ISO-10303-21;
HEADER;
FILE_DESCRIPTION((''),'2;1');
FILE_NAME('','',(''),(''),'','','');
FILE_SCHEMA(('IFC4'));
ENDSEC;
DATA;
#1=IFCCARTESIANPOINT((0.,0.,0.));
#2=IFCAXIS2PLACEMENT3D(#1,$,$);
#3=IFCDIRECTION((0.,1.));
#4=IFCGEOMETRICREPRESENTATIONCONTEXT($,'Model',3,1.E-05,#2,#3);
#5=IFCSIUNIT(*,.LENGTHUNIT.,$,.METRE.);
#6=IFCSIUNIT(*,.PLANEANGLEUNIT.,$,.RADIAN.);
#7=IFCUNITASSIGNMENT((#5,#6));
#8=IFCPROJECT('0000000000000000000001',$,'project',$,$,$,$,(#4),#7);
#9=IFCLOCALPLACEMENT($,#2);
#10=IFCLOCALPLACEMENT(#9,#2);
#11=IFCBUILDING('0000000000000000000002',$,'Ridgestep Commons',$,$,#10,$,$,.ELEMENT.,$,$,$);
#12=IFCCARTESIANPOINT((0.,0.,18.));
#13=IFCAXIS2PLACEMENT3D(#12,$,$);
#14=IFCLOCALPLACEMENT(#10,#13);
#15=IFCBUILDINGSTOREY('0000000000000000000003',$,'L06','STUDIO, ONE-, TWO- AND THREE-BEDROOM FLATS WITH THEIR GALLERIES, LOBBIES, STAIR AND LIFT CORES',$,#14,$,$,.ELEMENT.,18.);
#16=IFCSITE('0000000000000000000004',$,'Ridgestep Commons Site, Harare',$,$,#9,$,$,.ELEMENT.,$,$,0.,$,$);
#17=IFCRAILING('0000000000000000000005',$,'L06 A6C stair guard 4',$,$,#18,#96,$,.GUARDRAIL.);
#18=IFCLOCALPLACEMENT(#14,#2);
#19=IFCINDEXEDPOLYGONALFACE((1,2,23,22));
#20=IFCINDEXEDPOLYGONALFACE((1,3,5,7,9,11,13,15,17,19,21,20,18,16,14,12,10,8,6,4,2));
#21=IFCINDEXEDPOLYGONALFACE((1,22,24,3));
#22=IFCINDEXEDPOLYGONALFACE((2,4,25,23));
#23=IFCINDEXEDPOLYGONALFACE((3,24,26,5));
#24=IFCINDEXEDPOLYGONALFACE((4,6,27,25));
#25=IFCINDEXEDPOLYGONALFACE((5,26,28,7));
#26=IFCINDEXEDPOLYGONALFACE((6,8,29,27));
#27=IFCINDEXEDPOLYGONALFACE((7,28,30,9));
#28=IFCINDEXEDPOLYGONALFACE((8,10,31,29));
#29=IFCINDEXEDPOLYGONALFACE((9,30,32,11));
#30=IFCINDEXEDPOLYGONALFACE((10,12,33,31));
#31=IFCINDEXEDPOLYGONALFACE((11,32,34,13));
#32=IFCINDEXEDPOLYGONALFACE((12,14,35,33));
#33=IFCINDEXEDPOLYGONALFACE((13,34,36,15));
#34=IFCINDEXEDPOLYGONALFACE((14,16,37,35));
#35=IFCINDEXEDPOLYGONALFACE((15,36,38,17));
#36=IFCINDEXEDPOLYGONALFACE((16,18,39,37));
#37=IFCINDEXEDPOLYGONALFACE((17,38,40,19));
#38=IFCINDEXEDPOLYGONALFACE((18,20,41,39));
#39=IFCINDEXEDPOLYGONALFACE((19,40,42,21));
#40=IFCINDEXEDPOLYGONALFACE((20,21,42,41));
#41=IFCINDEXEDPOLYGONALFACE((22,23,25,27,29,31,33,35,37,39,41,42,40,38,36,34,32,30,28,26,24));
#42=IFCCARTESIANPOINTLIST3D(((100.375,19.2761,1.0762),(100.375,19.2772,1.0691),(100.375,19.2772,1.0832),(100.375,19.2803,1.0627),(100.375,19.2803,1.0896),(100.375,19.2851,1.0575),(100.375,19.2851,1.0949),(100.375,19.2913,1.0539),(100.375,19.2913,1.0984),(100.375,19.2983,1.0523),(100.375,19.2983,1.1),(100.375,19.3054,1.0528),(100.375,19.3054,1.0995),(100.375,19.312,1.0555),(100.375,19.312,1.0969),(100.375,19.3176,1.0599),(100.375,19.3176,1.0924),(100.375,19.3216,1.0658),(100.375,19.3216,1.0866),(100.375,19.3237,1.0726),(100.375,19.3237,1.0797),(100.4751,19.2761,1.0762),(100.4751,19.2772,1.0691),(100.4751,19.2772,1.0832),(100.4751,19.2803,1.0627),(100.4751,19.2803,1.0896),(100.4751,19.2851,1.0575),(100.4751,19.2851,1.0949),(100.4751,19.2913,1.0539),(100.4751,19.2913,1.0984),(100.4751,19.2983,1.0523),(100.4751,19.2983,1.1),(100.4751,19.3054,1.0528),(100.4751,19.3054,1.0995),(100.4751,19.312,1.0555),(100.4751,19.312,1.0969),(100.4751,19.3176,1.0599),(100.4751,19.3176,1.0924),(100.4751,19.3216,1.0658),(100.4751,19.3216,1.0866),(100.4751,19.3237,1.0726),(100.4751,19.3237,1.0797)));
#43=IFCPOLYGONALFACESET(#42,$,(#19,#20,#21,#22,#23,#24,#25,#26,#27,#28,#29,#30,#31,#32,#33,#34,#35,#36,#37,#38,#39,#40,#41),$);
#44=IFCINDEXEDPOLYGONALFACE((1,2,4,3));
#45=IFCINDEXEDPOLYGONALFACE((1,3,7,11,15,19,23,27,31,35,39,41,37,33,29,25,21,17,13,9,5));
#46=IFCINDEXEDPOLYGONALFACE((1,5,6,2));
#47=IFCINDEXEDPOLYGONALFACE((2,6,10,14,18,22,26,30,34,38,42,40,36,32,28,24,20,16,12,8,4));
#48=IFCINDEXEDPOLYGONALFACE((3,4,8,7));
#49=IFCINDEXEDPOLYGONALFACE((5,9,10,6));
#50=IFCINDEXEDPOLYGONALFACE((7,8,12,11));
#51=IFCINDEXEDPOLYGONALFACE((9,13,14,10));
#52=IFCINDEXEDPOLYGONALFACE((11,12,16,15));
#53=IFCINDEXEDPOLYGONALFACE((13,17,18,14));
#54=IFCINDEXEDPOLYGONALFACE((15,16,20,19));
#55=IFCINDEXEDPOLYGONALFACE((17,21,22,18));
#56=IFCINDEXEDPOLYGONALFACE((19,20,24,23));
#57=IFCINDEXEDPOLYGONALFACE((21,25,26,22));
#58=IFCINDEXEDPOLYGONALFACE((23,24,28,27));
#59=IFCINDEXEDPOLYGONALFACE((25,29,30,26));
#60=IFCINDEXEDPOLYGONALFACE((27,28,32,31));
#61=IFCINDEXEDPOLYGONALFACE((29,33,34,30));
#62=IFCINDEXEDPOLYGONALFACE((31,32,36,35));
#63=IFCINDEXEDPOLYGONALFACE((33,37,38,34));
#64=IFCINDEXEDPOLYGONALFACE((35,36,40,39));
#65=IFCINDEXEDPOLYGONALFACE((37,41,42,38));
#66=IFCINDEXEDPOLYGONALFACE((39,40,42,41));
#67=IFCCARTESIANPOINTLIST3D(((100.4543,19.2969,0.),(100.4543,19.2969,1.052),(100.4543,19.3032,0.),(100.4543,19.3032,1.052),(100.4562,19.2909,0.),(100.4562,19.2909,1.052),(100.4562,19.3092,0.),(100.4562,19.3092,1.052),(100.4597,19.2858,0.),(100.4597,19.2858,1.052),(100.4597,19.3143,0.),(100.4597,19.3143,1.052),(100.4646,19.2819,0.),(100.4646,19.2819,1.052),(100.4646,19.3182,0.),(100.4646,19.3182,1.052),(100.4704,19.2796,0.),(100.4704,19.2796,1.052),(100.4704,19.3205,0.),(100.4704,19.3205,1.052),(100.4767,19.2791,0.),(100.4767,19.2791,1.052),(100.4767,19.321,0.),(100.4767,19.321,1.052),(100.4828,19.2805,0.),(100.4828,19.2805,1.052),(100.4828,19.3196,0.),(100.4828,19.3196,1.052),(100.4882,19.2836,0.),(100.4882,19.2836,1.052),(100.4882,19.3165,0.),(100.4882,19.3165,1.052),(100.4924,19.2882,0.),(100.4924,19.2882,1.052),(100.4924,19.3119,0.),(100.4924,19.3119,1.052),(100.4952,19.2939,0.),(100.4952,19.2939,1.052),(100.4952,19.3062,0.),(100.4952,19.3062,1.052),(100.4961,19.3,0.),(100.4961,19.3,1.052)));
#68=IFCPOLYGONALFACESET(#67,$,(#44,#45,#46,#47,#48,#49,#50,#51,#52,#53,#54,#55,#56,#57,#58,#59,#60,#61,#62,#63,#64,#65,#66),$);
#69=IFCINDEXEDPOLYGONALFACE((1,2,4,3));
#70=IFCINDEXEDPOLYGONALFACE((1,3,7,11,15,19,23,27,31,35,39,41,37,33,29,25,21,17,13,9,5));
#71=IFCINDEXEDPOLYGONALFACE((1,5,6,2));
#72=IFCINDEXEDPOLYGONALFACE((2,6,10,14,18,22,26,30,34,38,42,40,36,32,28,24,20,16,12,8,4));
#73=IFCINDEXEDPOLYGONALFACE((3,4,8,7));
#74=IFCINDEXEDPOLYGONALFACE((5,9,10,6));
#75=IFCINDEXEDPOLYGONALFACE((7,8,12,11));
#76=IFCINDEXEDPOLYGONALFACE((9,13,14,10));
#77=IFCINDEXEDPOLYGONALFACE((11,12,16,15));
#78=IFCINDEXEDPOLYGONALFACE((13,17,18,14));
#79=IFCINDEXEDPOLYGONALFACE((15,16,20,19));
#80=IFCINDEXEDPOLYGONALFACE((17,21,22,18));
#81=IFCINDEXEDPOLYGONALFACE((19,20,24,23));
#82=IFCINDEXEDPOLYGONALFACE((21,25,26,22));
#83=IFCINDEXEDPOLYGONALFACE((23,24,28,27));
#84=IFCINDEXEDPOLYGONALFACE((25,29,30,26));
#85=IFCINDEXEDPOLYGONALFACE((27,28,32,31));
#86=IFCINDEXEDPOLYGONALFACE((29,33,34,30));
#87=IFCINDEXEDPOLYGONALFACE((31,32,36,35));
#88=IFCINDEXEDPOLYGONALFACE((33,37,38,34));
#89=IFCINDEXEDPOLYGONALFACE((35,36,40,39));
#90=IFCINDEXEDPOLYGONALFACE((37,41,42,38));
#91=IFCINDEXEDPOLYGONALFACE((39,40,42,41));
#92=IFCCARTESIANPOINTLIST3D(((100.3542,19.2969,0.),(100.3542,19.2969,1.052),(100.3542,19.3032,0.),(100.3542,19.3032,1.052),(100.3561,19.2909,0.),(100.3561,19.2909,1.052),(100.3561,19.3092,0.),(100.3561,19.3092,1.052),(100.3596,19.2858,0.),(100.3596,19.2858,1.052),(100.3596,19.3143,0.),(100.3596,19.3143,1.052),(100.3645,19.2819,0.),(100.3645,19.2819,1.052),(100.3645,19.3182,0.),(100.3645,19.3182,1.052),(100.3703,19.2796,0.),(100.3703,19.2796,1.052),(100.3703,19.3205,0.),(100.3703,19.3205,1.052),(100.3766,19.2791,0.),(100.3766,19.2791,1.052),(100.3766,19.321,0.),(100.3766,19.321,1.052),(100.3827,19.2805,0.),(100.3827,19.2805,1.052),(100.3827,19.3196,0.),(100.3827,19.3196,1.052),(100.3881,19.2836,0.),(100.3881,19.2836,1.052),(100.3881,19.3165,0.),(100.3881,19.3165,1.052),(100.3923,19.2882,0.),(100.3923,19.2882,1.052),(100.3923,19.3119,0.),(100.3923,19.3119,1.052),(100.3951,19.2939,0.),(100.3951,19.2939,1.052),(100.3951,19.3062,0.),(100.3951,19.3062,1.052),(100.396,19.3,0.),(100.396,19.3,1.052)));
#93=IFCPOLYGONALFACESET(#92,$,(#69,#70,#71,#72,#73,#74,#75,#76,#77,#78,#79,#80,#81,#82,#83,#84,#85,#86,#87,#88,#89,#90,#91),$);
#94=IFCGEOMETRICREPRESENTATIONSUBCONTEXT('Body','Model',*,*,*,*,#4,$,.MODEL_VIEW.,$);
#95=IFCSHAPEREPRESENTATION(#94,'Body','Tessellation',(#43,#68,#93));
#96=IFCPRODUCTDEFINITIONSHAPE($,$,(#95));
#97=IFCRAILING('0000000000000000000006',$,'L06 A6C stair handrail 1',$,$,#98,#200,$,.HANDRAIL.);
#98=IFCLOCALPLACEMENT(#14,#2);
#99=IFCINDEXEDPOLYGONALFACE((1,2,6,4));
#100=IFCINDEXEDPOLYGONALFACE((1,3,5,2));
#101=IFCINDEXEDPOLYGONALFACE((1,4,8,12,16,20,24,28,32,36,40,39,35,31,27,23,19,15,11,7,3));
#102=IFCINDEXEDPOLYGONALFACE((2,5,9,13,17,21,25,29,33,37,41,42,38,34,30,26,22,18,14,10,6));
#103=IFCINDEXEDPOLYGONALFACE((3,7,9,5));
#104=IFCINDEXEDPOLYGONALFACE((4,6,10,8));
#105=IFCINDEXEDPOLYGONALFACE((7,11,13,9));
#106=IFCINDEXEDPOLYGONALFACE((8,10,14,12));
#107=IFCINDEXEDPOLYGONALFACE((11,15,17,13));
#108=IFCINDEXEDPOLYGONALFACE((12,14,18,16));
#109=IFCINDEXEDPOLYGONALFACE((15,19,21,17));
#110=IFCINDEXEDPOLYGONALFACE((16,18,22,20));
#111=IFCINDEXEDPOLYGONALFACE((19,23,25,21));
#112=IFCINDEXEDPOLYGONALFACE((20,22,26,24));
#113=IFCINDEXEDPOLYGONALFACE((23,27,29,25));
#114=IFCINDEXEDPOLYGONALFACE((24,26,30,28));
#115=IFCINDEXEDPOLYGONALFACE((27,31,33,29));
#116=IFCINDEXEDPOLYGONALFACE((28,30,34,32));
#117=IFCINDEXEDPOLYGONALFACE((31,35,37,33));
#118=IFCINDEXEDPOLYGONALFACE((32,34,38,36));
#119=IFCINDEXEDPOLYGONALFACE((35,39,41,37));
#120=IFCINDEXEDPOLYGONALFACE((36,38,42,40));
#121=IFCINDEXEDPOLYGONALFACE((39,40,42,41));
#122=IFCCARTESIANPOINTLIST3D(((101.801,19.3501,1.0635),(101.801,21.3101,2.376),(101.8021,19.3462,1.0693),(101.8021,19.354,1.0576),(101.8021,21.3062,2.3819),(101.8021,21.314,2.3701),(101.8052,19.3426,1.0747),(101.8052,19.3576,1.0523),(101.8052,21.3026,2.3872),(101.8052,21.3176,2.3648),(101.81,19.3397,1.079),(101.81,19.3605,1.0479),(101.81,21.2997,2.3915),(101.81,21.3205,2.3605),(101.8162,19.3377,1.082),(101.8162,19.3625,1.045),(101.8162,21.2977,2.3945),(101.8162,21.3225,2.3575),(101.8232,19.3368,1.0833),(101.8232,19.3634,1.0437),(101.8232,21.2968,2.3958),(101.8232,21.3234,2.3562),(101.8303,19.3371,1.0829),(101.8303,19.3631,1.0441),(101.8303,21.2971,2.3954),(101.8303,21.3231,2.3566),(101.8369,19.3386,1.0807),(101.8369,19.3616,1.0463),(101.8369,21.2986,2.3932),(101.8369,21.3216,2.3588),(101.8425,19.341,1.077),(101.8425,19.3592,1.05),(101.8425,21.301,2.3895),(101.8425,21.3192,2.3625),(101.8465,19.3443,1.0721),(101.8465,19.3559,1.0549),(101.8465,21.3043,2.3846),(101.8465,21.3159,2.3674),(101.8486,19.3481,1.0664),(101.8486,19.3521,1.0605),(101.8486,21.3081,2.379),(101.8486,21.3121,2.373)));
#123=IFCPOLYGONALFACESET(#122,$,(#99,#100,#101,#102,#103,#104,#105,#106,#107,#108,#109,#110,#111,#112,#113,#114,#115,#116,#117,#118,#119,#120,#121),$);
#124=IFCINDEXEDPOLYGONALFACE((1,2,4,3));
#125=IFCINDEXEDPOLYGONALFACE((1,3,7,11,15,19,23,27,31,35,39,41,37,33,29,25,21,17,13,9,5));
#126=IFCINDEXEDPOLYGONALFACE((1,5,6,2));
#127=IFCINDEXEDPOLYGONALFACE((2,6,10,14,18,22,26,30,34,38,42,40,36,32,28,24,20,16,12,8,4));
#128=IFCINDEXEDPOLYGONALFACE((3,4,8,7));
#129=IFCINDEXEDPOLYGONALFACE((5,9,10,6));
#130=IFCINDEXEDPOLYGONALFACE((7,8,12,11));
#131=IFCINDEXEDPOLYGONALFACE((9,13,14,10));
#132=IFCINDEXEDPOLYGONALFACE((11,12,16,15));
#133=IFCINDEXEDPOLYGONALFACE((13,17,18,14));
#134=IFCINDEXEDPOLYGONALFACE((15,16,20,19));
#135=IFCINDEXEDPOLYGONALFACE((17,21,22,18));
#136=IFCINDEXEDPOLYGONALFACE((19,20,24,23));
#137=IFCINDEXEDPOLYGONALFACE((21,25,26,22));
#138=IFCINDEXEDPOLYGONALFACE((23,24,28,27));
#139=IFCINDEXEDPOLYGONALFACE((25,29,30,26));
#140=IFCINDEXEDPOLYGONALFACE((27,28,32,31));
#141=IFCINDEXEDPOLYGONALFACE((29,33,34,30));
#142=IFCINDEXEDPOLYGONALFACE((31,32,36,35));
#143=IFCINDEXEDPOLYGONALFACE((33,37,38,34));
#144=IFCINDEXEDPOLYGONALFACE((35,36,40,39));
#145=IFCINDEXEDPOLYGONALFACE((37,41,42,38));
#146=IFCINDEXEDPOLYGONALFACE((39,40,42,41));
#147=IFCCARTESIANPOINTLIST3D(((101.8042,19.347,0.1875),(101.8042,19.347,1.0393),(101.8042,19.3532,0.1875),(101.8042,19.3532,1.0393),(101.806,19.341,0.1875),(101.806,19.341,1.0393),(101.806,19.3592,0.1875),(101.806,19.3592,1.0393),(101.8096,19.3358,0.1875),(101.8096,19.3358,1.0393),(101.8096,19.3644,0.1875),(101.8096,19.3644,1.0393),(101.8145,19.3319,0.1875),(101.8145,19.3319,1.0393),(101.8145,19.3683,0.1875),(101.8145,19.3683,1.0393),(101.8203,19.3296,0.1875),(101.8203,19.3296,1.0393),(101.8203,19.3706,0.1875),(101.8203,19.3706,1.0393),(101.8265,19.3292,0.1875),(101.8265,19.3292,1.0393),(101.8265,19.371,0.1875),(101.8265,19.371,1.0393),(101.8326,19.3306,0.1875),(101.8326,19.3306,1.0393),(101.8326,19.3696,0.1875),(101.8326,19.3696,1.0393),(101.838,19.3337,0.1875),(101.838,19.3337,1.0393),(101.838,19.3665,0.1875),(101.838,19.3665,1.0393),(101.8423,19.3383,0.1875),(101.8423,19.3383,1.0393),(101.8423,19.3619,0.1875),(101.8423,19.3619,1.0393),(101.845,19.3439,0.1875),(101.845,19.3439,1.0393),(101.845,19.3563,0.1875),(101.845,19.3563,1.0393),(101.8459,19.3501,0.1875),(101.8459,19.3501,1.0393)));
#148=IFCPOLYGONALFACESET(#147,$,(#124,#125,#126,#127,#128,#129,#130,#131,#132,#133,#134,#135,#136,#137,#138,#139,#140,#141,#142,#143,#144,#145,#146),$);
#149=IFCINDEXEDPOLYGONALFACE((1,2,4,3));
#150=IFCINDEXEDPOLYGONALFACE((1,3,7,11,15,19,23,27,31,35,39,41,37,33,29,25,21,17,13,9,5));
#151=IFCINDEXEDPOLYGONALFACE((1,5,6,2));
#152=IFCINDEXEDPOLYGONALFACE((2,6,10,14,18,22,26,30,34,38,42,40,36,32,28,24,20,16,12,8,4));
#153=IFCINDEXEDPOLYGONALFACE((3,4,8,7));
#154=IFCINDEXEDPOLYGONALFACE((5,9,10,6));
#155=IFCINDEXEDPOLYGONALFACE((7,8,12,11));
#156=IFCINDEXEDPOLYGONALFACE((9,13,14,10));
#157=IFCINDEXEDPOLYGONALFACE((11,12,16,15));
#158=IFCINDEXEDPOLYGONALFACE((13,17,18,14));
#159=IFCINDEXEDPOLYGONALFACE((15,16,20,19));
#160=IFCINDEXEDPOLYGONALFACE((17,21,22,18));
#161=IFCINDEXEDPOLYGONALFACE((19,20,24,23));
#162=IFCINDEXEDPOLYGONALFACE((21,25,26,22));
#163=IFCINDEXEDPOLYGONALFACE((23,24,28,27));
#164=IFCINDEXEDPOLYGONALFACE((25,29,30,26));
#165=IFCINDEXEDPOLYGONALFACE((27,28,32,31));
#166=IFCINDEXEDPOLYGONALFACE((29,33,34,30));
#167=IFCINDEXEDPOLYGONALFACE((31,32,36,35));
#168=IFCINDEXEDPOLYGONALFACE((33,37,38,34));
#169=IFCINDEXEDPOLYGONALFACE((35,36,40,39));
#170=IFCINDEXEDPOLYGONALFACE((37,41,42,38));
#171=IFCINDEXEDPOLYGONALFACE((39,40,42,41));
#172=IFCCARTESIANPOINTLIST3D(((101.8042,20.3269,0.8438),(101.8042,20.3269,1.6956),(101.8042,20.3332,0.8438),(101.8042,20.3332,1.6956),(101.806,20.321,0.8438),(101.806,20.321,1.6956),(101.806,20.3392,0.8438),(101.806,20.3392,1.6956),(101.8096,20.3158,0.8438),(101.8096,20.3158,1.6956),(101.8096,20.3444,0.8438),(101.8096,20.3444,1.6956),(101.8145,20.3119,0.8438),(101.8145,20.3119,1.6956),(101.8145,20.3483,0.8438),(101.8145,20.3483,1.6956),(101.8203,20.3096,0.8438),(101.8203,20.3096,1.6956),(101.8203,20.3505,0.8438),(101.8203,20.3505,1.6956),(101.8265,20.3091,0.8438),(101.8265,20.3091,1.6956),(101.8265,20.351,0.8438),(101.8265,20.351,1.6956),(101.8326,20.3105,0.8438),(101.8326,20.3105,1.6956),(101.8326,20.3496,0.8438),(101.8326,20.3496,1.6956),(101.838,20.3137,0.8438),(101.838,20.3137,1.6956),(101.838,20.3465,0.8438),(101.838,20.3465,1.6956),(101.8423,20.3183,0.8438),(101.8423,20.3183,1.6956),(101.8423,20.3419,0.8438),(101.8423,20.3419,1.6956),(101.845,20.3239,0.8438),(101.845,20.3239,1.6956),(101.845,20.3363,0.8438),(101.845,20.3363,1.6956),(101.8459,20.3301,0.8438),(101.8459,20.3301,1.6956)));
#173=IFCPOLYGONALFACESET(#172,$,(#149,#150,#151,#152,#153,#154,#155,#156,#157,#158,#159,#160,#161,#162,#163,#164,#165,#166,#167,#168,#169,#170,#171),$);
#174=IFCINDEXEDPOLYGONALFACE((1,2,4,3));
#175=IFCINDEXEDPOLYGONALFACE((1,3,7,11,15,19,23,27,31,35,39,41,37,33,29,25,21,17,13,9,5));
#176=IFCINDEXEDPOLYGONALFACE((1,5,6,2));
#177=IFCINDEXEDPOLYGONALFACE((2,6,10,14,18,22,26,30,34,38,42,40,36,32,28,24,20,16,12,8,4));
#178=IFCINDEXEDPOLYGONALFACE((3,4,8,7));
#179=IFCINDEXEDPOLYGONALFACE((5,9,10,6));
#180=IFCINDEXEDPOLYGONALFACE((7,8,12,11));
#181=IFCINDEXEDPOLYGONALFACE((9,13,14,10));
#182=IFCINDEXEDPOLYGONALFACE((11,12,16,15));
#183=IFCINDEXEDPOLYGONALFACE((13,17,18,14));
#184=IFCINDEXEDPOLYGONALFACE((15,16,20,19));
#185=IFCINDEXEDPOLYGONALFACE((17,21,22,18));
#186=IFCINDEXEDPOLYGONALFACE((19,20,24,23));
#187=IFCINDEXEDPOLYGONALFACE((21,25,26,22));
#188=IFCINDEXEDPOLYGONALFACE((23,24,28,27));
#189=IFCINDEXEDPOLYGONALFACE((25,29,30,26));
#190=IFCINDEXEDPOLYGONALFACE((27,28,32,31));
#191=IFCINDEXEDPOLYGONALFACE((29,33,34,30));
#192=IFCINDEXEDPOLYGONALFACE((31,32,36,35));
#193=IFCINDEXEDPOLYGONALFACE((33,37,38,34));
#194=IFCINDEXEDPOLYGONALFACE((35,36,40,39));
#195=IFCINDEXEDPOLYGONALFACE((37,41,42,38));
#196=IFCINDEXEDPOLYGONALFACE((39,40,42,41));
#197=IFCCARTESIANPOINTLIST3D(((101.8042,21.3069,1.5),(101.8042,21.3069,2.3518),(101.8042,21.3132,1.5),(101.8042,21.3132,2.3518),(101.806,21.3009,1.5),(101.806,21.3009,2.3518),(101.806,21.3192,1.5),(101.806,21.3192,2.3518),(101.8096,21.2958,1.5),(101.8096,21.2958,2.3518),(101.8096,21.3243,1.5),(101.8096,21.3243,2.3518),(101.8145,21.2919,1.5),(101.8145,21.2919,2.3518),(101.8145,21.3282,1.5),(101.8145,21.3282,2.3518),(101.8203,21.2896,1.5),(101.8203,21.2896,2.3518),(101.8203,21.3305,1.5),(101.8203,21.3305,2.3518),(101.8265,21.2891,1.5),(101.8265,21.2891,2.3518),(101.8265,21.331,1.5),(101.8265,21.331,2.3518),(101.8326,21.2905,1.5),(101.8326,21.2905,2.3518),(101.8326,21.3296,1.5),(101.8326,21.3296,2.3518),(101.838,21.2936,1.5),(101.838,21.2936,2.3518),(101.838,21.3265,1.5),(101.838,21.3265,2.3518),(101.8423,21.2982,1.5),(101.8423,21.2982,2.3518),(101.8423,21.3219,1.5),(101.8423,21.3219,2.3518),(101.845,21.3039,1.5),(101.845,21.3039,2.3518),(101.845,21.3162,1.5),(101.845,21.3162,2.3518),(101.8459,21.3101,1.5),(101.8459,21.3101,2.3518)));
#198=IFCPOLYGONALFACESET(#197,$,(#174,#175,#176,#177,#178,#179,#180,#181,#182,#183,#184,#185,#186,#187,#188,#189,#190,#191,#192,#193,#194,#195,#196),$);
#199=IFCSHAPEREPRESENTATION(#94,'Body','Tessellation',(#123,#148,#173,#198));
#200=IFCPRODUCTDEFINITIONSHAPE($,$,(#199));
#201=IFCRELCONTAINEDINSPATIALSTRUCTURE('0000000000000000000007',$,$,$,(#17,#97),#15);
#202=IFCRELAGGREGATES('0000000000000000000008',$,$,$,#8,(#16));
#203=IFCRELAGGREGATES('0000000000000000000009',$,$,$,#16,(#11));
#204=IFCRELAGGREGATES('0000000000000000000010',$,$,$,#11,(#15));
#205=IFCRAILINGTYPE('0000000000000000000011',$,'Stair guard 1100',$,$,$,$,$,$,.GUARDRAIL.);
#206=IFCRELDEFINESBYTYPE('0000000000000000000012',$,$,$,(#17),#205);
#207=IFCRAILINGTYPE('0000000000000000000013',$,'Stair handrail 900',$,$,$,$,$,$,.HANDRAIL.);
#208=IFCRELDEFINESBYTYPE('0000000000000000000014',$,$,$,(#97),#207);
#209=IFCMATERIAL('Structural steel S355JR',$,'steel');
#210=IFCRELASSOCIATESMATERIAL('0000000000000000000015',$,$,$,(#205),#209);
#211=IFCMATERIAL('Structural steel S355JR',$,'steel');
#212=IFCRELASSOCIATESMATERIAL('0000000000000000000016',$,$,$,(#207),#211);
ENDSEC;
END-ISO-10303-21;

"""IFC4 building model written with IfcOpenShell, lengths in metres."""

from ifc_helpers import new_model, si_unit, direction, frame, origin, origin_2d, place, context, subcontext, project, spatial, circle, extrude, material, type_object, element, save


model = new_model("IFC4")

# Units and contexts
model_context = context("Model", 3, precision=1e-05, world=origin(), true_north=direction((0.0, 1.0)))
body_context = subcontext(model_context, "Body", "Model", "MODEL_VIEW")
ifc_project = project(units=[si_unit("LENGTHUNIT", "METRE"), si_unit("PLANEANGLEUNIT", "RADIAN")], contexts=[model_context])

# Site, building, storey
site_placement = place(None, origin())
site = spatial("IfcSite", under=ifc_project, at=site_placement, Name="Ridgestep Commons Site, Harare", CompositionType="ELEMENT", RefElevation=0.0)
building_placement = place(site_placement, origin())
building = spatial("IfcBuilding", under=site, at=building_placement, Name="Ridgestep Commons", CompositionType="ELEMENT")
storey_placement = place(building_placement, frame((0.0, 0.0, 18.0)))
storey = spatial("IfcBuildingStorey", under=building, at=storey_placement, Name="L06", Description="STUDIO, ONE-, TWO- AND THREE-BEDROOM FLATS WITH THEIR GALLERIES, LOBBIES, STAIR AND LIFT CORES", CompositionType="ELEMENT", Elevation=18.0)

# Railings
ifc_material_1 = material(Name="Structural steel S355JR", Category="steel")
railing_type_1 = type_object("IfcRailingType", Name="Stair guard 1100", PredefinedType="GUARDRAIL", material=ifc_material_1)
railing_1_placement = place(storey_placement, frame((100.4751, 19.3, 0.0)))
element("IfcRailing", 1, at=railing_1_placement, inside=storey, type_object=railing_type_1, Name="L06 A6C stair guard 4", PredefinedType="GUARDRAIL", context=body_context, shape_type="SweptSolid", body=[
    extrude(circle(Radius=0.0239, at=origin_2d()), frame((0.0, 0.0, 1.0762), z_axis=(-1.0, 0.0, 0.0), x_axis=(0.0, -1.0, 0.0)), (0.0, 0.0, 1.0), 0.1001),
    extrude(circle(Radius=0.021, at=origin_2d()), origin(), (0.0, 0.0, 1.0), 1.052),
    extrude(circle(Radius=0.021, at=origin_2d()), frame((-0.1001, 0.0, 0.0)), (0.0, 0.0, 1.0), 1.052),
])
ifc_material_2 = material(Name="Structural steel S355JR", Category="steel")
railing_type_2 = type_object("IfcRailingType", Name="Stair handrail 900", PredefinedType="HANDRAIL", material=ifc_material_2)
railing_2_placement = place(storey_placement, frame((101.825, 19.3501, 0.1875)))
element("IfcRailing", 2, at=railing_2_placement, inside=storey, type_object=railing_type_2, Name="L06 A6C stair handrail 1", PredefinedType="HANDRAIL", context=body_context, shape_type="SweptSolid", body=[
    extrude(circle(Radius=0.0239, at=origin_2d()), frame((0.0, 0.0, 0.876), z_axis=(0.0, 0.830902, 0.556419), x_axis=(-1.0, 0.0, 0.0)), (0.0, 0.0, 1.0), 2.3589),
    extrude(circle(Radius=0.021, at=origin_2d()), origin(), (0.0, 0.0, 1.0), 0.8518),
    extrude(circle(Radius=0.021, at=origin_2d()), frame((0.0, 0.98, 0.6562)), (0.0, 0.0, 1.0), 0.8518),
    extrude(circle(Radius=0.021, at=origin_2d()), frame((0.0, 1.96, 1.3125)), (0.0, 0.0, 1.0), 0.8518),
])

save(model, "model.ifc")
